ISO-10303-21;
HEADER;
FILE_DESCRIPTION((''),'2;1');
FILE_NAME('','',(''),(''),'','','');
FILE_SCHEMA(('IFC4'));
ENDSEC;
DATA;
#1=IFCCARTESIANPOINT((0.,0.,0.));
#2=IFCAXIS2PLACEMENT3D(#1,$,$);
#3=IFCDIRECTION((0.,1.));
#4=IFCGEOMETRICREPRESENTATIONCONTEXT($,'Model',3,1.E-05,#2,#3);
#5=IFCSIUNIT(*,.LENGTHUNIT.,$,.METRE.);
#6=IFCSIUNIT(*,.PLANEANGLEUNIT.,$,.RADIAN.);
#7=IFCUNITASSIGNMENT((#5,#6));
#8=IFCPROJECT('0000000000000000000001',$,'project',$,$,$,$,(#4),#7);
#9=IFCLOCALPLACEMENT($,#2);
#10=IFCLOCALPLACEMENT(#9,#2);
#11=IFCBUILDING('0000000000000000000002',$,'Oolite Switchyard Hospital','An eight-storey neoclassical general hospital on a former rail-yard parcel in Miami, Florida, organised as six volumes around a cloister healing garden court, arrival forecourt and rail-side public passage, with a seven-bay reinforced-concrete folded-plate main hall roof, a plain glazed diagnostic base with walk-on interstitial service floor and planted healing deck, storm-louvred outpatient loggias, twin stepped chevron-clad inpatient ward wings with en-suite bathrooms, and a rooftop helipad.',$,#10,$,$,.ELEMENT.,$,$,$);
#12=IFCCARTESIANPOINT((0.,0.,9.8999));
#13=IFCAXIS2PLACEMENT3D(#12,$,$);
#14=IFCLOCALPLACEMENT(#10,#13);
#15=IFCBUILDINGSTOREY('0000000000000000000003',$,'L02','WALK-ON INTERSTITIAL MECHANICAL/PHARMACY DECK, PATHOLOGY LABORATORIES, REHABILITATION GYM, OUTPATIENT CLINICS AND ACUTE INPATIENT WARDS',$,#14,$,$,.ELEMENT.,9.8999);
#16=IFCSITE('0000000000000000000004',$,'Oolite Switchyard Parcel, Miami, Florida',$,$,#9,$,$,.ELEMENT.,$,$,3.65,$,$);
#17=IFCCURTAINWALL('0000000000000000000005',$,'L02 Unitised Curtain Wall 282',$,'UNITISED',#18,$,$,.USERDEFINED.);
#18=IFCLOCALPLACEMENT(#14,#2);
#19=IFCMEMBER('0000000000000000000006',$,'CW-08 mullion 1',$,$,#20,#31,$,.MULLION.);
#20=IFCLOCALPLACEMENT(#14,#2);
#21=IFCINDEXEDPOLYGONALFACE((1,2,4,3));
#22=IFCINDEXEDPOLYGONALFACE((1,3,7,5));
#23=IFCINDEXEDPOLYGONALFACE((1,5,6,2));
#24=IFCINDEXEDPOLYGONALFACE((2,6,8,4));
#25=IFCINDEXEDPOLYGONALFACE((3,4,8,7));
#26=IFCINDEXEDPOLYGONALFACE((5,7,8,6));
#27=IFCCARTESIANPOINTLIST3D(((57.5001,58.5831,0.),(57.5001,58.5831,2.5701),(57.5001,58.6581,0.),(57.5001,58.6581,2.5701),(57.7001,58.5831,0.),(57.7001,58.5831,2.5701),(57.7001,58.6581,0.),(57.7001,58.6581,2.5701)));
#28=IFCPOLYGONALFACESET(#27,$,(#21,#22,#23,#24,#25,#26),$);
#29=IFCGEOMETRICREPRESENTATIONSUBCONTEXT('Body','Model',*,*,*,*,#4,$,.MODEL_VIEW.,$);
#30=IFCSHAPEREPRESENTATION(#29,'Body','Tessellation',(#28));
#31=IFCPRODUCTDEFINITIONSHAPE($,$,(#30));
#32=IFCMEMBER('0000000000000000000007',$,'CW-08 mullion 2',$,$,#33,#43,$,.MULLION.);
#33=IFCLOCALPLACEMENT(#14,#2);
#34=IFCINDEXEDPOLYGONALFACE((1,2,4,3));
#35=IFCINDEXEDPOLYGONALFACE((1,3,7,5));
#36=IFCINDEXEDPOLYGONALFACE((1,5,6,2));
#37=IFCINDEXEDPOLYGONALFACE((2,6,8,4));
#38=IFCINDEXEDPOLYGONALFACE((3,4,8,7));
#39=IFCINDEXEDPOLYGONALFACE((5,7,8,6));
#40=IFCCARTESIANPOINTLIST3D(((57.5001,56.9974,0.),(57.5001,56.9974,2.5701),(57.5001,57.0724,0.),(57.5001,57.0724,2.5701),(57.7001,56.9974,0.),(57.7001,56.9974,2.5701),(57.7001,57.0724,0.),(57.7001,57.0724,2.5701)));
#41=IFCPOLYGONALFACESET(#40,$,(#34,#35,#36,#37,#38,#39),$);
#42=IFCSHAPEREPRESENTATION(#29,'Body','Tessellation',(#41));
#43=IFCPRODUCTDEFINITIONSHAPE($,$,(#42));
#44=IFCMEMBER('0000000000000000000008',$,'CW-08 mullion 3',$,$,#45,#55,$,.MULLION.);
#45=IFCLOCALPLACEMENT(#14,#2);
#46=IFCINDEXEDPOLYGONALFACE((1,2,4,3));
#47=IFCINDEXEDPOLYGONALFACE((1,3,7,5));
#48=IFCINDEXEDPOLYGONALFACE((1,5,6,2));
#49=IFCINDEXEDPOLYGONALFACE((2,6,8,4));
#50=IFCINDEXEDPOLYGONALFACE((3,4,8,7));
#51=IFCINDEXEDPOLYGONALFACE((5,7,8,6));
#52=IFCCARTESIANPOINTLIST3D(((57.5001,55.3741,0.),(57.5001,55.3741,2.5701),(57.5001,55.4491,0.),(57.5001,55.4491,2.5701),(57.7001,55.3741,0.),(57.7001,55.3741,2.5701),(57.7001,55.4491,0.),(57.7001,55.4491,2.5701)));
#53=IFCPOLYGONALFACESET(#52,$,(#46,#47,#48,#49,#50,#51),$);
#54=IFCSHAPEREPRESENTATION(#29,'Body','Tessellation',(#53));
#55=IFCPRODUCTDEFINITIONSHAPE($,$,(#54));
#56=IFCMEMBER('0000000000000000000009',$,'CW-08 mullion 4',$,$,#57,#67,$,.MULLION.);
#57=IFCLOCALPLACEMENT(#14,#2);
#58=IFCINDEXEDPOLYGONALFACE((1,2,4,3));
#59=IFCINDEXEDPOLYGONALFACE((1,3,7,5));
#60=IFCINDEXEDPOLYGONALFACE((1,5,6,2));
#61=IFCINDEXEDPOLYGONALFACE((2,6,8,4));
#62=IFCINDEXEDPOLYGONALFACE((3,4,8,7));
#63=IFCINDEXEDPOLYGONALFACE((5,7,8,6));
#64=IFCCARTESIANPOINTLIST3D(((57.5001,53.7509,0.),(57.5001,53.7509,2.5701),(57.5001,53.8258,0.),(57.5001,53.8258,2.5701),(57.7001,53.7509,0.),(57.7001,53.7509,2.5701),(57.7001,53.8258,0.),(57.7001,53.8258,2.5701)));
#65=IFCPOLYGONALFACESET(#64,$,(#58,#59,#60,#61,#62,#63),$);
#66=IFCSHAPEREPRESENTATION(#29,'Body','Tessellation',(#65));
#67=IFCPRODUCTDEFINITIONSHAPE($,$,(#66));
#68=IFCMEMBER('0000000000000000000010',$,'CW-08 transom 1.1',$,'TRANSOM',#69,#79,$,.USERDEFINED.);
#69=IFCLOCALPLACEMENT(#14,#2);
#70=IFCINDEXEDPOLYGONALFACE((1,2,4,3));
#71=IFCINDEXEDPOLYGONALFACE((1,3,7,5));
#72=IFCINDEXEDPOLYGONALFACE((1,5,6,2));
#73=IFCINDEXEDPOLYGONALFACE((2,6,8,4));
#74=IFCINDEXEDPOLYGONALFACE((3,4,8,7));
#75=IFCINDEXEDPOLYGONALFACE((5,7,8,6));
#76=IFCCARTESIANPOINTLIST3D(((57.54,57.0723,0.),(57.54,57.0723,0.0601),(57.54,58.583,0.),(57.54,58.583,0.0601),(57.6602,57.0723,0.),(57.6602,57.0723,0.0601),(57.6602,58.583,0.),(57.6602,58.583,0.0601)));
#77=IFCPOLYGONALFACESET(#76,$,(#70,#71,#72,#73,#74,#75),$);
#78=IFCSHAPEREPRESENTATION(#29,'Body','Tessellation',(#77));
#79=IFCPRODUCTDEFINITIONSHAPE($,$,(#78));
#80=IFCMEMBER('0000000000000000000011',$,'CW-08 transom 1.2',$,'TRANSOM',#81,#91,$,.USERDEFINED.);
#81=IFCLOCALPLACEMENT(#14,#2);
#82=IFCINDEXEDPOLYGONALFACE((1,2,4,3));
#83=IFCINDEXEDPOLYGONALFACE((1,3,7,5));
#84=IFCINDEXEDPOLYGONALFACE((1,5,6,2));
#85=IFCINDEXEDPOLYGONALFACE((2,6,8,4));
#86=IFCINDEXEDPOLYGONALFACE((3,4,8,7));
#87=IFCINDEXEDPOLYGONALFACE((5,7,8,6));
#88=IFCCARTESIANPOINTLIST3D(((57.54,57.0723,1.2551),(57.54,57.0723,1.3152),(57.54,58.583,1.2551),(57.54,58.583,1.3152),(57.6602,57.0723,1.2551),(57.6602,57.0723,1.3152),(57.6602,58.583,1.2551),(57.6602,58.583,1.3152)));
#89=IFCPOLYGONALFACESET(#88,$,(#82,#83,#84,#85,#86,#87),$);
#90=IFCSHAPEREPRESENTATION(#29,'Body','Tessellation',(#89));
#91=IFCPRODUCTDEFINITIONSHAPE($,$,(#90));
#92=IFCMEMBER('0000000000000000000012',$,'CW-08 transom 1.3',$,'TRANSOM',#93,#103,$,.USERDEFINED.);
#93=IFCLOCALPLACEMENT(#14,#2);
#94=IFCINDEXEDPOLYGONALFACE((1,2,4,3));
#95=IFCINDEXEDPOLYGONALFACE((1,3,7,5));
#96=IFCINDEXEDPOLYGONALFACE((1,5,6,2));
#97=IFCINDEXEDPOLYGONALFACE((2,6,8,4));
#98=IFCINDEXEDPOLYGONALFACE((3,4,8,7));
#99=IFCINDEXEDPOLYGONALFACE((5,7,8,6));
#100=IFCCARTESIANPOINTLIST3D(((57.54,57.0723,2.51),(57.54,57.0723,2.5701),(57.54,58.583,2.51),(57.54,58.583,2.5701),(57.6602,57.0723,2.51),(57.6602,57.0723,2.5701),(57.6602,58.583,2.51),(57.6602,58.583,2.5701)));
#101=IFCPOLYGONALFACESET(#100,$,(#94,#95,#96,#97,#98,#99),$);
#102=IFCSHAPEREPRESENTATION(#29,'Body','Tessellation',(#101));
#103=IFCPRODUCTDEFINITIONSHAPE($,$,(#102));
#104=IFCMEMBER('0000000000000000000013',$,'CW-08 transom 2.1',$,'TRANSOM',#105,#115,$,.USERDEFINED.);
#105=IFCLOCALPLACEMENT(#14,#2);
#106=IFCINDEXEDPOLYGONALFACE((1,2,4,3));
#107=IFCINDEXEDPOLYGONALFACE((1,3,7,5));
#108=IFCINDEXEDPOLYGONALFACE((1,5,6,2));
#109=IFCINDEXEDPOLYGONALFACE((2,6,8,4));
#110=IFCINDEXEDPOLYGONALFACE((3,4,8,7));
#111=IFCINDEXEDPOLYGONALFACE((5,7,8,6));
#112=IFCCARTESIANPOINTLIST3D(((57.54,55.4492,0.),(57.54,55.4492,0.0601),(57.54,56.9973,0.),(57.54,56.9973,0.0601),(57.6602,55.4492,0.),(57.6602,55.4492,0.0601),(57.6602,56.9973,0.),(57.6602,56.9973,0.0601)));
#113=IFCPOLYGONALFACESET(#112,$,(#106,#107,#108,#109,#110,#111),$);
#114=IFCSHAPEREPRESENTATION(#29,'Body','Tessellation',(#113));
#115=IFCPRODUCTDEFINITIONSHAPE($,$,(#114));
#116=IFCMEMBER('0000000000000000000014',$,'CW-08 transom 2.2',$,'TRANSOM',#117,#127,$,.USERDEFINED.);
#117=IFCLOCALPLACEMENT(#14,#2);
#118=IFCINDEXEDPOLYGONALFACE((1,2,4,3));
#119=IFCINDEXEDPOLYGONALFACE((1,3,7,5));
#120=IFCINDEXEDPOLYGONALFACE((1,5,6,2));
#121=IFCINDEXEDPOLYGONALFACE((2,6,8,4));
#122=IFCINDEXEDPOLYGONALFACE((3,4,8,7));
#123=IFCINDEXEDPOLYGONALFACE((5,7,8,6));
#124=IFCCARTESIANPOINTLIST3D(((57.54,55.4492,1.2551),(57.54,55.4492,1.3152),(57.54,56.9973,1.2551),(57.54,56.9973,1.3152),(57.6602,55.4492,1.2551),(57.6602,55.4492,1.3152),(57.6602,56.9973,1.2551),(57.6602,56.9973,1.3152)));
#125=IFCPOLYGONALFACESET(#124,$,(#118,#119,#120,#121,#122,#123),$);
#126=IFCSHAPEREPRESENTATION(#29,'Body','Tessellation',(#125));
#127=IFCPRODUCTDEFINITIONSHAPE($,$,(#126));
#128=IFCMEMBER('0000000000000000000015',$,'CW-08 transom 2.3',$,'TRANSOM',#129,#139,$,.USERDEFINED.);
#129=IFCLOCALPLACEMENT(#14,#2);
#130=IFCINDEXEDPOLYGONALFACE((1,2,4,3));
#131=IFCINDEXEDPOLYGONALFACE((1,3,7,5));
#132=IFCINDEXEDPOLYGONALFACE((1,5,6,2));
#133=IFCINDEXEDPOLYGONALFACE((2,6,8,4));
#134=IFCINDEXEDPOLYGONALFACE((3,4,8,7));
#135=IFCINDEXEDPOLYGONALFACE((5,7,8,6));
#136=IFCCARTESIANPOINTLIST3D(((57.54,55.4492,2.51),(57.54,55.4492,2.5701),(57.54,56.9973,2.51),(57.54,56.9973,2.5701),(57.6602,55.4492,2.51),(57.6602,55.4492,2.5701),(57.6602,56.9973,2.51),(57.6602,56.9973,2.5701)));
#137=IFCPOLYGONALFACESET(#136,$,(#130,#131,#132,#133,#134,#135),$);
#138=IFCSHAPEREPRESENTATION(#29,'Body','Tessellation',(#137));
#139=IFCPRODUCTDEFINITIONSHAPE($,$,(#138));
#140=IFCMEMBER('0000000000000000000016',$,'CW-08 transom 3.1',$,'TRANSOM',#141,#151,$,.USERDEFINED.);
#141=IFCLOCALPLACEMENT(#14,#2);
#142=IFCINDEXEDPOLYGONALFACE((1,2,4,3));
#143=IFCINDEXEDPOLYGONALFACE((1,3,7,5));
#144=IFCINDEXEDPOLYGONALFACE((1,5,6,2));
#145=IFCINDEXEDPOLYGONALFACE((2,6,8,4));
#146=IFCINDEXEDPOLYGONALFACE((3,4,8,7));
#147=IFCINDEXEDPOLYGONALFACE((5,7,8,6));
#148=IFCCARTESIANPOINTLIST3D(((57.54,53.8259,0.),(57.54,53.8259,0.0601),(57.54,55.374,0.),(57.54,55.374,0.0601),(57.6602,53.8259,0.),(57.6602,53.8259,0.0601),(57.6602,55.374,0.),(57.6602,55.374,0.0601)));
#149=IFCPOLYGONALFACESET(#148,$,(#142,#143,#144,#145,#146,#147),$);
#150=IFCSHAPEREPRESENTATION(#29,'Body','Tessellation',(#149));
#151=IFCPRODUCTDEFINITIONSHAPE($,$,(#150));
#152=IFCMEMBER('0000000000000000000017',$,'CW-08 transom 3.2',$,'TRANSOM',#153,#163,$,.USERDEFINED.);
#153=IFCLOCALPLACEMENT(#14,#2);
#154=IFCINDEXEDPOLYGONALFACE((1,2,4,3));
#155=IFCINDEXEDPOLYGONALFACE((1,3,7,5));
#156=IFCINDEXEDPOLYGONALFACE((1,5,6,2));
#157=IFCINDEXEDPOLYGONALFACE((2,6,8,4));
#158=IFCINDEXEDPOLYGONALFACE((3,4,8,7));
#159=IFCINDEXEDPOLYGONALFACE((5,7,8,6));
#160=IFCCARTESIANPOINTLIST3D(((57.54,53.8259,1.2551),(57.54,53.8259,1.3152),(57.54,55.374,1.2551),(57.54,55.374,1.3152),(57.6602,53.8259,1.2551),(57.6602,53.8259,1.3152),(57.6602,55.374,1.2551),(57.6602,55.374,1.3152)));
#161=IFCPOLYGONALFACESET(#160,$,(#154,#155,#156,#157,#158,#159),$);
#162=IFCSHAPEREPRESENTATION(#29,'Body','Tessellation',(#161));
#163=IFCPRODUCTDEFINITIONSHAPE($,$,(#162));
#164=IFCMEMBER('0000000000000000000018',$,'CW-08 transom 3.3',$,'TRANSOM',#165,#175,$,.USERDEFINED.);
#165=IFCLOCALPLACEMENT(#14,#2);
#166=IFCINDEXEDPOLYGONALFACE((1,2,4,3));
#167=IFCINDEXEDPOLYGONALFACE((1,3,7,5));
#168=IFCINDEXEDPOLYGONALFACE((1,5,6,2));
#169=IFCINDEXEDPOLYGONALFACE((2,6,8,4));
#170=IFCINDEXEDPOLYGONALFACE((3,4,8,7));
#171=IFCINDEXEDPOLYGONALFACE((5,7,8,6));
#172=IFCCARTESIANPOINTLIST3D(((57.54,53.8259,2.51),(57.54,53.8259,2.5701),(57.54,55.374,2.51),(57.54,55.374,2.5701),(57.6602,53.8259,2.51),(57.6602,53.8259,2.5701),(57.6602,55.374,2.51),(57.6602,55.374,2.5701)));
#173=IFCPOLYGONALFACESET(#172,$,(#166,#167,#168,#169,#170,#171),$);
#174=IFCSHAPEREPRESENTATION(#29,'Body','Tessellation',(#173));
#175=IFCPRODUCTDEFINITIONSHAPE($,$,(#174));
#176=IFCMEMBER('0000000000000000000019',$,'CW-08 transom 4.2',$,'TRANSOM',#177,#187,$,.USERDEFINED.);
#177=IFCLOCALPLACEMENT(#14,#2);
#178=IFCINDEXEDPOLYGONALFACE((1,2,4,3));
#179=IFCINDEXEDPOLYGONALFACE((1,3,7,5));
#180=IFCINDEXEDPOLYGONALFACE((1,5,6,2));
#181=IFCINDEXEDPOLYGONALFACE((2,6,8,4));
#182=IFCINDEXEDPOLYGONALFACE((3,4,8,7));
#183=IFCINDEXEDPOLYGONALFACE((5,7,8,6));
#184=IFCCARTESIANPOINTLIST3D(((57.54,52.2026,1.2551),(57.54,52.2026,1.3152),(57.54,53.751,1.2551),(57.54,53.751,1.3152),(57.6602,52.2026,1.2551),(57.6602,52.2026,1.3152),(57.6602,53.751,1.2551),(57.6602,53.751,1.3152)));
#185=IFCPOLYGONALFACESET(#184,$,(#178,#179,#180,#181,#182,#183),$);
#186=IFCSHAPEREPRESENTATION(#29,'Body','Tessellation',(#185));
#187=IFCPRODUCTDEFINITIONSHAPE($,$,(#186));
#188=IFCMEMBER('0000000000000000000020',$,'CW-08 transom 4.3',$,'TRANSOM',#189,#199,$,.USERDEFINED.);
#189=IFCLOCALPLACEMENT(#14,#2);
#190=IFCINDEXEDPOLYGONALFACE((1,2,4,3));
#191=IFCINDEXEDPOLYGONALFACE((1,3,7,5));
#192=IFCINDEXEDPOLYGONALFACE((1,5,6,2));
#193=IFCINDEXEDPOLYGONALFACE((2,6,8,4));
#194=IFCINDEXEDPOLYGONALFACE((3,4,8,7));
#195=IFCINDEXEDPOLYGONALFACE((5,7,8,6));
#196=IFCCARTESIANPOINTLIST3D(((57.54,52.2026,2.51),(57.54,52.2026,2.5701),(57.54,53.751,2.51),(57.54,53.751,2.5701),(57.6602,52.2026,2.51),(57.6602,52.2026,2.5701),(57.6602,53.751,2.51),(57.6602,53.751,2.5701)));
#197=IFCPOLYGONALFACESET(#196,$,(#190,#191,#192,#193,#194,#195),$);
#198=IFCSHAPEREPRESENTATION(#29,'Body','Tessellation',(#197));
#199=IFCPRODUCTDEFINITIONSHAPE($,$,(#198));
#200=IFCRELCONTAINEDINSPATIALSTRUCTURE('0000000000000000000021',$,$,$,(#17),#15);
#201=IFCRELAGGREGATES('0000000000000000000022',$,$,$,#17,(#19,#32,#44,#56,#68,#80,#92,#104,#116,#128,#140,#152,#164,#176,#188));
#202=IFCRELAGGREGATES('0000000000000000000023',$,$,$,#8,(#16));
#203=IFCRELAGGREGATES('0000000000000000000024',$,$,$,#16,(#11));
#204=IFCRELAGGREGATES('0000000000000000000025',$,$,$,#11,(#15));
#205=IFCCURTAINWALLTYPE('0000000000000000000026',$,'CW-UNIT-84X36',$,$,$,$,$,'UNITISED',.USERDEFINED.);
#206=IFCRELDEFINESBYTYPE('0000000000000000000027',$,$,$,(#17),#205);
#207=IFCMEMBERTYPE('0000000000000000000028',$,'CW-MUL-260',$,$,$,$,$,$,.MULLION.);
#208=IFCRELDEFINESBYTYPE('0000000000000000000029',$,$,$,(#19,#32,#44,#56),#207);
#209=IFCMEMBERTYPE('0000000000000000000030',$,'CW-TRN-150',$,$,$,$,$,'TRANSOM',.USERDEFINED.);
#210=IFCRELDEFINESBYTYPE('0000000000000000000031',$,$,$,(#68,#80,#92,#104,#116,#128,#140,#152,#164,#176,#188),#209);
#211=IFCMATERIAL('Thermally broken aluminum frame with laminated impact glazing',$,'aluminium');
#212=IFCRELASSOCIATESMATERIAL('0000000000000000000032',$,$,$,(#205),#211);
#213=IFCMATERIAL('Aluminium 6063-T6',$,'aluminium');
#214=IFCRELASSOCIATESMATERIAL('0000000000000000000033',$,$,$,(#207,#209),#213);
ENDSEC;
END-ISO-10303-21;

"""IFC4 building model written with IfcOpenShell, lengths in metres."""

from ifc_helpers import new_model, si_unit, direction, frame, origin, origin_2d, place, context, subcontext, project, spatial, rectangle, extrude, material, material_profile, profile_set, type_object, element, aggregate, save


model = new_model("IFC4")

# Units and contexts
model_context = context("Model", 3, precision=1e-05, world=origin(), true_north=direction((0.0, 1.0)))
body_context = subcontext(model_context, "Body", "Model", "MODEL_VIEW")
ifc_project = project(units=[si_unit("LENGTHUNIT", "METRE"), si_unit("PLANEANGLEUNIT", "RADIAN")], contexts=[model_context])

# Site, building, storey
site_placement = place(None, origin())
site = spatial("IfcSite", under=ifc_project, at=site_placement, Name="Oolite Switchyard Parcel, Miami, Florida", CompositionType="ELEMENT", RefElevation=3.65)
building_placement = place(site_placement, origin())
building = spatial("IfcBuilding", under=site, at=building_placement, Name="Oolite Switchyard Hospital", Description="An eight-storey neoclassical general hospital on a former rail-yard parcel in Miami, Florida, organised as six volumes around a cloister healing garden court, arrival forecourt and rail-side public passage, with a seven-bay reinforced-concrete folded-plate main hall roof, a plain glazed diagnostic base with walk-on interstitial service floor and planted healing deck, storm-louvred outpatient loggias, twin stepped chevron-clad inpatient ward wings with en-suite bathrooms, and a rooftop helipad.", CompositionType="ELEMENT")
storey_placement = place(building_placement, frame((0.0, 0.0, 9.8999)))
storey = spatial("IfcBuildingStorey", under=building, at=storey_placement, Name="L02", Description="WALK-ON INTERSTITIAL MECHANICAL/PHARMACY DECK, PATHOLOGY LABORATORIES, REHABILITATION GYM, OUTPATIENT CLINICS AND ACUTE INPATIENT WARDS", CompositionType="ELEMENT", Elevation=9.8999)

# Curtain wall, members
ifc_material_1 = material(Name="Thermally broken aluminum frame with laminated impact glazing", Category="aluminium")
curtain_wall_type = type_object("IfcCurtainWallType", Name="CW-UNIT-84X36", ElementType="UNITISED", PredefinedType="USERDEFINED", material=ifc_material_1)
curtain_wall_placement = place(storey_placement, origin())
curtain_wall = element("IfcCurtainWall", 1, at=curtain_wall_placement, inside=storey, type_object=curtain_wall_type, Name="L02 Unitised Curtain Wall 282", ObjectType="UNITISED", PredefinedType="USERDEFINED")
ifc_material_2 = material(Name="Aluminium 6063-T6", Category="aluminium")
ifc_material_profile_1 = material_profile(ifc_material_2, rectangle(XDim=0.2, YDim=0.075, at=origin_2d()), Name="CWM75X200")
ifc_profile_set_1 = profile_set([ifc_material_profile_1], Name="Aluminium 6063-T6")
member_type_1 = type_object("IfcMemberType", Name="CW-MUL-260", PredefinedType="MULLION", material=ifc_profile_set_1)
member_1_placement = place(storey_placement, frame((57.6001, 58.6206, 0.0), z_axis=(0.0, 0.0, 1.0), x_axis=(1.0, 0.0, 0.0)))
member_1 = element("IfcMember", 2, at=member_1_placement, type_object=member_type_1, Name="CW-08 mullion 1", PredefinedType="MULLION", context=body_context, shape_type="SweptSolid", body=[
    extrude(rectangle(XDim=0.2, YDim=0.075, at=origin_2d()), origin(), (0.0, 0.0, 1.0), 2.5701),
])
member_2_placement = place(storey_placement, frame((57.6001, 57.0349, 0.0), z_axis=(0.0, 0.0, 1.0), x_axis=(1.0, 0.0, 0.0)))
member_2 = element("IfcMember", 3, at=member_2_placement, type_object=member_type_1, Name="CW-08 mullion 2", PredefinedType="MULLION", context=body_context, shape_type="SweptSolid", body=[
    extrude(rectangle(XDim=0.2, YDim=0.075, at=origin_2d()), origin(), (0.0, 0.0, 1.0), 2.5701),
])
member_3_placement = place(storey_placement, frame((57.6001, 55.4116, 0.0), z_axis=(0.0, 0.0, 1.0), x_axis=(1.0, 0.0, 0.0)))
member_3 = element("IfcMember", 4, at=member_3_placement, type_object=member_type_1, Name="CW-08 mullion 3", PredefinedType="MULLION", context=body_context, shape_type="SweptSolid", body=[
    extrude(rectangle(XDim=0.2, YDim=0.075, at=origin_2d()), origin(), (0.0, 0.0, 1.0), 2.5701),
])
member_4_placement = place(storey_placement, frame((57.6001, 53.7883, 0.0), z_axis=(0.0, 0.0, 1.0), x_axis=(1.0, 0.0, 0.0)))
member_4 = element("IfcMember", 5, at=member_4_placement, type_object=member_type_1, Name="CW-08 mullion 4", PredefinedType="MULLION", context=body_context, shape_type="SweptSolid", body=[
    extrude(rectangle(XDim=0.2, YDim=0.075, at=origin_2d()), origin(), (0.0, 0.0, 1.0), 2.5701),
])
ifc_material_profile_2 = material_profile(ifc_material_2, rectangle(XDim=0.1201, YDim=0.0601, at=origin_2d()), Name="CWT60X120")
ifc_profile_set_2 = profile_set([ifc_material_profile_2], Name="Aluminium 6063-T6")
member_type_2 = type_object("IfcMemberType", Name="CW-TRN-150", ElementType="TRANSOM", PredefinedType="USERDEFINED", material=ifc_profile_set_2)
member_5_placement = place(storey_placement, frame((57.6001, 58.583, 0.03), z_axis=(0.0, -1.0, 0.0), x_axis=(1.0, 0.0, 0.0)))
member_5 = element("IfcMember", 6, at=member_5_placement, type_object=member_type_2, Name="CW-08 transom 1.1", ObjectType="TRANSOM", PredefinedType="USERDEFINED", context=body_context, shape_type="SweptSolid", body=[
    extrude(rectangle(XDim=0.1201, YDim=0.0601, at=origin_2d()), origin(), (0.0, 0.0, 1.0), 1.5107),
])
member_6_placement = place(storey_placement, frame((57.6001, 58.583, 1.2852), z_axis=(0.0, -1.0, 0.0), x_axis=(1.0, 0.0, 0.0)))
member_6 = element("IfcMember", 7, at=member_6_placement, type_object=member_type_2, Name="CW-08 transom 1.2", ObjectType="TRANSOM", PredefinedType="USERDEFINED", context=body_context, shape_type="SweptSolid", body=[
    extrude(rectangle(XDim=0.1201, YDim=0.0601, at=origin_2d()), origin(), (0.0, 0.0, 1.0), 1.5107),
])
member_7_placement = place(storey_placement, frame((57.6001, 58.583, 2.54), z_axis=(0.0, -1.0, 0.0), x_axis=(1.0, 0.0, 0.0)))
member_7 = element("IfcMember", 8, at=member_7_placement, type_object=member_type_2, Name="CW-08 transom 1.3", ObjectType="TRANSOM", PredefinedType="USERDEFINED", context=body_context, shape_type="SweptSolid", body=[
    extrude(rectangle(XDim=0.1201, YDim=0.0601, at=origin_2d()), origin(), (0.0, 0.0, 1.0), 1.5107),
])
member_8_placement = place(storey_placement, frame((57.6001, 56.9973, 0.03), z_axis=(0.0, -1.0, 0.0), x_axis=(1.0, 0.0, 0.0)))
member_8 = element("IfcMember", 9, at=member_8_placement, type_object=member_type_2, Name="CW-08 transom 2.1", ObjectType="TRANSOM", PredefinedType="USERDEFINED", context=body_context, shape_type="SweptSolid", body=[
    extrude(rectangle(XDim=0.1201, YDim=0.0601, at=origin_2d()), origin(), (0.0, 0.0, 1.0), 1.5481),
])
member_9_placement = place(storey_placement, frame((57.6001, 56.9973, 1.2852), z_axis=(0.0, -1.0, 0.0), x_axis=(1.0, 0.0, 0.0)))
member_9 = element("IfcMember", 10, at=member_9_placement, type_object=member_type_2, Name="CW-08 transom 2.2", ObjectType="TRANSOM", PredefinedType="USERDEFINED", context=body_context, shape_type="SweptSolid", body=[
    extrude(rectangle(XDim=0.1201, YDim=0.0601, at=origin_2d()), origin(), (0.0, 0.0, 1.0), 1.5481),
])
member_10_placement = place(storey_placement, frame((57.6001, 56.9973, 2.54), z_axis=(0.0, -1.0, 0.0), x_axis=(1.0, 0.0, 0.0)))
member_10 = element("IfcMember", 11, at=member_10_placement, type_object=member_type_2, Name="CW-08 transom 2.3", ObjectType="TRANSOM", PredefinedType="USERDEFINED", context=body_context, shape_type="SweptSolid", body=[
    extrude(rectangle(XDim=0.1201, YDim=0.0601, at=origin_2d()), origin(), (0.0, 0.0, 1.0), 1.5481),
])
member_11_placement = place(storey_placement, frame((57.6001, 55.374, 0.03), z_axis=(0.0, -1.0, 0.0), x_axis=(1.0, 0.0, 0.0)))
member_11 = element("IfcMember", 12, at=member_11_placement, type_object=member_type_2, Name="CW-08 transom 3.1", ObjectType="TRANSOM", PredefinedType="USERDEFINED", context=body_context, shape_type="SweptSolid", body=[
    extrude(rectangle(XDim=0.1201, YDim=0.0601, at=origin_2d()), origin(), (0.0, 0.0, 1.0), 1.5481),
])
member_12_placement = place(storey_placement, frame((57.6001, 55.374, 1.2852), z_axis=(0.0, -1.0, 0.0), x_axis=(1.0, 0.0, 0.0)))
member_12 = element("IfcMember", 13, at=member_12_placement, type_object=member_type_2, Name="CW-08 transom 3.2", ObjectType="TRANSOM", PredefinedType="USERDEFINED", context=body_context, shape_type="SweptSolid", body=[
    extrude(rectangle(XDim=0.1201, YDim=0.0601, at=origin_2d()), origin(), (0.0, 0.0, 1.0), 1.5481),
])
member_13_placement = place(storey_placement, frame((57.6001, 55.374, 2.54), z_axis=(0.0, -1.0, 0.0), x_axis=(1.0, 0.0, 0.0)))
member_13 = element("IfcMember", 14, at=member_13_placement, type_object=member_type_2, Name="CW-08 transom 3.3", ObjectType="TRANSOM", PredefinedType="USERDEFINED", context=body_context, shape_type="SweptSolid", body=[
    extrude(rectangle(XDim=0.1201, YDim=0.0601, at=origin_2d()), origin(), (0.0, 0.0, 1.0), 1.5481),
])
member_14_placement = place(storey_placement, frame((57.6001, 53.751, 1.2852), z_axis=(0.0, -1.0, 0.0), x_axis=(1.0, 0.0, 0.0)))
member_14 = element("IfcMember", 15, at=member_14_placement, type_object=member_type_2, Name="CW-08 transom 4.2", ObjectType="TRANSOM", PredefinedType="USERDEFINED", context=body_context, shape_type="SweptSolid", body=[
    extrude(rectangle(XDim=0.1201, YDim=0.0601, at=origin_2d()), origin(), (0.0, 0.0, 1.0), 1.5483),
])
member_15_placement = place(storey_placement, frame((57.6001, 53.751, 2.54), z_axis=(0.0, -1.0, 0.0), x_axis=(1.0, 0.0, 0.0)))
member_15 = element("IfcMember", 16, at=member_15_placement, type_object=member_type_2, Name="CW-08 transom 4.3", ObjectType="TRANSOM", PredefinedType="USERDEFINED", context=body_context, shape_type="SweptSolid", body=[
    extrude(rectangle(XDim=0.1201, YDim=0.0601, at=origin_2d()), origin(), (0.0, 0.0, 1.0), 1.5483),
])
aggregate(curtain_wall, [member_1, member_2, member_3, member_4, member_5, member_6, member_7, member_8, member_9, member_10, member_11, member_12, member_13, member_14, member_15])

save(model, "model.ifc")
